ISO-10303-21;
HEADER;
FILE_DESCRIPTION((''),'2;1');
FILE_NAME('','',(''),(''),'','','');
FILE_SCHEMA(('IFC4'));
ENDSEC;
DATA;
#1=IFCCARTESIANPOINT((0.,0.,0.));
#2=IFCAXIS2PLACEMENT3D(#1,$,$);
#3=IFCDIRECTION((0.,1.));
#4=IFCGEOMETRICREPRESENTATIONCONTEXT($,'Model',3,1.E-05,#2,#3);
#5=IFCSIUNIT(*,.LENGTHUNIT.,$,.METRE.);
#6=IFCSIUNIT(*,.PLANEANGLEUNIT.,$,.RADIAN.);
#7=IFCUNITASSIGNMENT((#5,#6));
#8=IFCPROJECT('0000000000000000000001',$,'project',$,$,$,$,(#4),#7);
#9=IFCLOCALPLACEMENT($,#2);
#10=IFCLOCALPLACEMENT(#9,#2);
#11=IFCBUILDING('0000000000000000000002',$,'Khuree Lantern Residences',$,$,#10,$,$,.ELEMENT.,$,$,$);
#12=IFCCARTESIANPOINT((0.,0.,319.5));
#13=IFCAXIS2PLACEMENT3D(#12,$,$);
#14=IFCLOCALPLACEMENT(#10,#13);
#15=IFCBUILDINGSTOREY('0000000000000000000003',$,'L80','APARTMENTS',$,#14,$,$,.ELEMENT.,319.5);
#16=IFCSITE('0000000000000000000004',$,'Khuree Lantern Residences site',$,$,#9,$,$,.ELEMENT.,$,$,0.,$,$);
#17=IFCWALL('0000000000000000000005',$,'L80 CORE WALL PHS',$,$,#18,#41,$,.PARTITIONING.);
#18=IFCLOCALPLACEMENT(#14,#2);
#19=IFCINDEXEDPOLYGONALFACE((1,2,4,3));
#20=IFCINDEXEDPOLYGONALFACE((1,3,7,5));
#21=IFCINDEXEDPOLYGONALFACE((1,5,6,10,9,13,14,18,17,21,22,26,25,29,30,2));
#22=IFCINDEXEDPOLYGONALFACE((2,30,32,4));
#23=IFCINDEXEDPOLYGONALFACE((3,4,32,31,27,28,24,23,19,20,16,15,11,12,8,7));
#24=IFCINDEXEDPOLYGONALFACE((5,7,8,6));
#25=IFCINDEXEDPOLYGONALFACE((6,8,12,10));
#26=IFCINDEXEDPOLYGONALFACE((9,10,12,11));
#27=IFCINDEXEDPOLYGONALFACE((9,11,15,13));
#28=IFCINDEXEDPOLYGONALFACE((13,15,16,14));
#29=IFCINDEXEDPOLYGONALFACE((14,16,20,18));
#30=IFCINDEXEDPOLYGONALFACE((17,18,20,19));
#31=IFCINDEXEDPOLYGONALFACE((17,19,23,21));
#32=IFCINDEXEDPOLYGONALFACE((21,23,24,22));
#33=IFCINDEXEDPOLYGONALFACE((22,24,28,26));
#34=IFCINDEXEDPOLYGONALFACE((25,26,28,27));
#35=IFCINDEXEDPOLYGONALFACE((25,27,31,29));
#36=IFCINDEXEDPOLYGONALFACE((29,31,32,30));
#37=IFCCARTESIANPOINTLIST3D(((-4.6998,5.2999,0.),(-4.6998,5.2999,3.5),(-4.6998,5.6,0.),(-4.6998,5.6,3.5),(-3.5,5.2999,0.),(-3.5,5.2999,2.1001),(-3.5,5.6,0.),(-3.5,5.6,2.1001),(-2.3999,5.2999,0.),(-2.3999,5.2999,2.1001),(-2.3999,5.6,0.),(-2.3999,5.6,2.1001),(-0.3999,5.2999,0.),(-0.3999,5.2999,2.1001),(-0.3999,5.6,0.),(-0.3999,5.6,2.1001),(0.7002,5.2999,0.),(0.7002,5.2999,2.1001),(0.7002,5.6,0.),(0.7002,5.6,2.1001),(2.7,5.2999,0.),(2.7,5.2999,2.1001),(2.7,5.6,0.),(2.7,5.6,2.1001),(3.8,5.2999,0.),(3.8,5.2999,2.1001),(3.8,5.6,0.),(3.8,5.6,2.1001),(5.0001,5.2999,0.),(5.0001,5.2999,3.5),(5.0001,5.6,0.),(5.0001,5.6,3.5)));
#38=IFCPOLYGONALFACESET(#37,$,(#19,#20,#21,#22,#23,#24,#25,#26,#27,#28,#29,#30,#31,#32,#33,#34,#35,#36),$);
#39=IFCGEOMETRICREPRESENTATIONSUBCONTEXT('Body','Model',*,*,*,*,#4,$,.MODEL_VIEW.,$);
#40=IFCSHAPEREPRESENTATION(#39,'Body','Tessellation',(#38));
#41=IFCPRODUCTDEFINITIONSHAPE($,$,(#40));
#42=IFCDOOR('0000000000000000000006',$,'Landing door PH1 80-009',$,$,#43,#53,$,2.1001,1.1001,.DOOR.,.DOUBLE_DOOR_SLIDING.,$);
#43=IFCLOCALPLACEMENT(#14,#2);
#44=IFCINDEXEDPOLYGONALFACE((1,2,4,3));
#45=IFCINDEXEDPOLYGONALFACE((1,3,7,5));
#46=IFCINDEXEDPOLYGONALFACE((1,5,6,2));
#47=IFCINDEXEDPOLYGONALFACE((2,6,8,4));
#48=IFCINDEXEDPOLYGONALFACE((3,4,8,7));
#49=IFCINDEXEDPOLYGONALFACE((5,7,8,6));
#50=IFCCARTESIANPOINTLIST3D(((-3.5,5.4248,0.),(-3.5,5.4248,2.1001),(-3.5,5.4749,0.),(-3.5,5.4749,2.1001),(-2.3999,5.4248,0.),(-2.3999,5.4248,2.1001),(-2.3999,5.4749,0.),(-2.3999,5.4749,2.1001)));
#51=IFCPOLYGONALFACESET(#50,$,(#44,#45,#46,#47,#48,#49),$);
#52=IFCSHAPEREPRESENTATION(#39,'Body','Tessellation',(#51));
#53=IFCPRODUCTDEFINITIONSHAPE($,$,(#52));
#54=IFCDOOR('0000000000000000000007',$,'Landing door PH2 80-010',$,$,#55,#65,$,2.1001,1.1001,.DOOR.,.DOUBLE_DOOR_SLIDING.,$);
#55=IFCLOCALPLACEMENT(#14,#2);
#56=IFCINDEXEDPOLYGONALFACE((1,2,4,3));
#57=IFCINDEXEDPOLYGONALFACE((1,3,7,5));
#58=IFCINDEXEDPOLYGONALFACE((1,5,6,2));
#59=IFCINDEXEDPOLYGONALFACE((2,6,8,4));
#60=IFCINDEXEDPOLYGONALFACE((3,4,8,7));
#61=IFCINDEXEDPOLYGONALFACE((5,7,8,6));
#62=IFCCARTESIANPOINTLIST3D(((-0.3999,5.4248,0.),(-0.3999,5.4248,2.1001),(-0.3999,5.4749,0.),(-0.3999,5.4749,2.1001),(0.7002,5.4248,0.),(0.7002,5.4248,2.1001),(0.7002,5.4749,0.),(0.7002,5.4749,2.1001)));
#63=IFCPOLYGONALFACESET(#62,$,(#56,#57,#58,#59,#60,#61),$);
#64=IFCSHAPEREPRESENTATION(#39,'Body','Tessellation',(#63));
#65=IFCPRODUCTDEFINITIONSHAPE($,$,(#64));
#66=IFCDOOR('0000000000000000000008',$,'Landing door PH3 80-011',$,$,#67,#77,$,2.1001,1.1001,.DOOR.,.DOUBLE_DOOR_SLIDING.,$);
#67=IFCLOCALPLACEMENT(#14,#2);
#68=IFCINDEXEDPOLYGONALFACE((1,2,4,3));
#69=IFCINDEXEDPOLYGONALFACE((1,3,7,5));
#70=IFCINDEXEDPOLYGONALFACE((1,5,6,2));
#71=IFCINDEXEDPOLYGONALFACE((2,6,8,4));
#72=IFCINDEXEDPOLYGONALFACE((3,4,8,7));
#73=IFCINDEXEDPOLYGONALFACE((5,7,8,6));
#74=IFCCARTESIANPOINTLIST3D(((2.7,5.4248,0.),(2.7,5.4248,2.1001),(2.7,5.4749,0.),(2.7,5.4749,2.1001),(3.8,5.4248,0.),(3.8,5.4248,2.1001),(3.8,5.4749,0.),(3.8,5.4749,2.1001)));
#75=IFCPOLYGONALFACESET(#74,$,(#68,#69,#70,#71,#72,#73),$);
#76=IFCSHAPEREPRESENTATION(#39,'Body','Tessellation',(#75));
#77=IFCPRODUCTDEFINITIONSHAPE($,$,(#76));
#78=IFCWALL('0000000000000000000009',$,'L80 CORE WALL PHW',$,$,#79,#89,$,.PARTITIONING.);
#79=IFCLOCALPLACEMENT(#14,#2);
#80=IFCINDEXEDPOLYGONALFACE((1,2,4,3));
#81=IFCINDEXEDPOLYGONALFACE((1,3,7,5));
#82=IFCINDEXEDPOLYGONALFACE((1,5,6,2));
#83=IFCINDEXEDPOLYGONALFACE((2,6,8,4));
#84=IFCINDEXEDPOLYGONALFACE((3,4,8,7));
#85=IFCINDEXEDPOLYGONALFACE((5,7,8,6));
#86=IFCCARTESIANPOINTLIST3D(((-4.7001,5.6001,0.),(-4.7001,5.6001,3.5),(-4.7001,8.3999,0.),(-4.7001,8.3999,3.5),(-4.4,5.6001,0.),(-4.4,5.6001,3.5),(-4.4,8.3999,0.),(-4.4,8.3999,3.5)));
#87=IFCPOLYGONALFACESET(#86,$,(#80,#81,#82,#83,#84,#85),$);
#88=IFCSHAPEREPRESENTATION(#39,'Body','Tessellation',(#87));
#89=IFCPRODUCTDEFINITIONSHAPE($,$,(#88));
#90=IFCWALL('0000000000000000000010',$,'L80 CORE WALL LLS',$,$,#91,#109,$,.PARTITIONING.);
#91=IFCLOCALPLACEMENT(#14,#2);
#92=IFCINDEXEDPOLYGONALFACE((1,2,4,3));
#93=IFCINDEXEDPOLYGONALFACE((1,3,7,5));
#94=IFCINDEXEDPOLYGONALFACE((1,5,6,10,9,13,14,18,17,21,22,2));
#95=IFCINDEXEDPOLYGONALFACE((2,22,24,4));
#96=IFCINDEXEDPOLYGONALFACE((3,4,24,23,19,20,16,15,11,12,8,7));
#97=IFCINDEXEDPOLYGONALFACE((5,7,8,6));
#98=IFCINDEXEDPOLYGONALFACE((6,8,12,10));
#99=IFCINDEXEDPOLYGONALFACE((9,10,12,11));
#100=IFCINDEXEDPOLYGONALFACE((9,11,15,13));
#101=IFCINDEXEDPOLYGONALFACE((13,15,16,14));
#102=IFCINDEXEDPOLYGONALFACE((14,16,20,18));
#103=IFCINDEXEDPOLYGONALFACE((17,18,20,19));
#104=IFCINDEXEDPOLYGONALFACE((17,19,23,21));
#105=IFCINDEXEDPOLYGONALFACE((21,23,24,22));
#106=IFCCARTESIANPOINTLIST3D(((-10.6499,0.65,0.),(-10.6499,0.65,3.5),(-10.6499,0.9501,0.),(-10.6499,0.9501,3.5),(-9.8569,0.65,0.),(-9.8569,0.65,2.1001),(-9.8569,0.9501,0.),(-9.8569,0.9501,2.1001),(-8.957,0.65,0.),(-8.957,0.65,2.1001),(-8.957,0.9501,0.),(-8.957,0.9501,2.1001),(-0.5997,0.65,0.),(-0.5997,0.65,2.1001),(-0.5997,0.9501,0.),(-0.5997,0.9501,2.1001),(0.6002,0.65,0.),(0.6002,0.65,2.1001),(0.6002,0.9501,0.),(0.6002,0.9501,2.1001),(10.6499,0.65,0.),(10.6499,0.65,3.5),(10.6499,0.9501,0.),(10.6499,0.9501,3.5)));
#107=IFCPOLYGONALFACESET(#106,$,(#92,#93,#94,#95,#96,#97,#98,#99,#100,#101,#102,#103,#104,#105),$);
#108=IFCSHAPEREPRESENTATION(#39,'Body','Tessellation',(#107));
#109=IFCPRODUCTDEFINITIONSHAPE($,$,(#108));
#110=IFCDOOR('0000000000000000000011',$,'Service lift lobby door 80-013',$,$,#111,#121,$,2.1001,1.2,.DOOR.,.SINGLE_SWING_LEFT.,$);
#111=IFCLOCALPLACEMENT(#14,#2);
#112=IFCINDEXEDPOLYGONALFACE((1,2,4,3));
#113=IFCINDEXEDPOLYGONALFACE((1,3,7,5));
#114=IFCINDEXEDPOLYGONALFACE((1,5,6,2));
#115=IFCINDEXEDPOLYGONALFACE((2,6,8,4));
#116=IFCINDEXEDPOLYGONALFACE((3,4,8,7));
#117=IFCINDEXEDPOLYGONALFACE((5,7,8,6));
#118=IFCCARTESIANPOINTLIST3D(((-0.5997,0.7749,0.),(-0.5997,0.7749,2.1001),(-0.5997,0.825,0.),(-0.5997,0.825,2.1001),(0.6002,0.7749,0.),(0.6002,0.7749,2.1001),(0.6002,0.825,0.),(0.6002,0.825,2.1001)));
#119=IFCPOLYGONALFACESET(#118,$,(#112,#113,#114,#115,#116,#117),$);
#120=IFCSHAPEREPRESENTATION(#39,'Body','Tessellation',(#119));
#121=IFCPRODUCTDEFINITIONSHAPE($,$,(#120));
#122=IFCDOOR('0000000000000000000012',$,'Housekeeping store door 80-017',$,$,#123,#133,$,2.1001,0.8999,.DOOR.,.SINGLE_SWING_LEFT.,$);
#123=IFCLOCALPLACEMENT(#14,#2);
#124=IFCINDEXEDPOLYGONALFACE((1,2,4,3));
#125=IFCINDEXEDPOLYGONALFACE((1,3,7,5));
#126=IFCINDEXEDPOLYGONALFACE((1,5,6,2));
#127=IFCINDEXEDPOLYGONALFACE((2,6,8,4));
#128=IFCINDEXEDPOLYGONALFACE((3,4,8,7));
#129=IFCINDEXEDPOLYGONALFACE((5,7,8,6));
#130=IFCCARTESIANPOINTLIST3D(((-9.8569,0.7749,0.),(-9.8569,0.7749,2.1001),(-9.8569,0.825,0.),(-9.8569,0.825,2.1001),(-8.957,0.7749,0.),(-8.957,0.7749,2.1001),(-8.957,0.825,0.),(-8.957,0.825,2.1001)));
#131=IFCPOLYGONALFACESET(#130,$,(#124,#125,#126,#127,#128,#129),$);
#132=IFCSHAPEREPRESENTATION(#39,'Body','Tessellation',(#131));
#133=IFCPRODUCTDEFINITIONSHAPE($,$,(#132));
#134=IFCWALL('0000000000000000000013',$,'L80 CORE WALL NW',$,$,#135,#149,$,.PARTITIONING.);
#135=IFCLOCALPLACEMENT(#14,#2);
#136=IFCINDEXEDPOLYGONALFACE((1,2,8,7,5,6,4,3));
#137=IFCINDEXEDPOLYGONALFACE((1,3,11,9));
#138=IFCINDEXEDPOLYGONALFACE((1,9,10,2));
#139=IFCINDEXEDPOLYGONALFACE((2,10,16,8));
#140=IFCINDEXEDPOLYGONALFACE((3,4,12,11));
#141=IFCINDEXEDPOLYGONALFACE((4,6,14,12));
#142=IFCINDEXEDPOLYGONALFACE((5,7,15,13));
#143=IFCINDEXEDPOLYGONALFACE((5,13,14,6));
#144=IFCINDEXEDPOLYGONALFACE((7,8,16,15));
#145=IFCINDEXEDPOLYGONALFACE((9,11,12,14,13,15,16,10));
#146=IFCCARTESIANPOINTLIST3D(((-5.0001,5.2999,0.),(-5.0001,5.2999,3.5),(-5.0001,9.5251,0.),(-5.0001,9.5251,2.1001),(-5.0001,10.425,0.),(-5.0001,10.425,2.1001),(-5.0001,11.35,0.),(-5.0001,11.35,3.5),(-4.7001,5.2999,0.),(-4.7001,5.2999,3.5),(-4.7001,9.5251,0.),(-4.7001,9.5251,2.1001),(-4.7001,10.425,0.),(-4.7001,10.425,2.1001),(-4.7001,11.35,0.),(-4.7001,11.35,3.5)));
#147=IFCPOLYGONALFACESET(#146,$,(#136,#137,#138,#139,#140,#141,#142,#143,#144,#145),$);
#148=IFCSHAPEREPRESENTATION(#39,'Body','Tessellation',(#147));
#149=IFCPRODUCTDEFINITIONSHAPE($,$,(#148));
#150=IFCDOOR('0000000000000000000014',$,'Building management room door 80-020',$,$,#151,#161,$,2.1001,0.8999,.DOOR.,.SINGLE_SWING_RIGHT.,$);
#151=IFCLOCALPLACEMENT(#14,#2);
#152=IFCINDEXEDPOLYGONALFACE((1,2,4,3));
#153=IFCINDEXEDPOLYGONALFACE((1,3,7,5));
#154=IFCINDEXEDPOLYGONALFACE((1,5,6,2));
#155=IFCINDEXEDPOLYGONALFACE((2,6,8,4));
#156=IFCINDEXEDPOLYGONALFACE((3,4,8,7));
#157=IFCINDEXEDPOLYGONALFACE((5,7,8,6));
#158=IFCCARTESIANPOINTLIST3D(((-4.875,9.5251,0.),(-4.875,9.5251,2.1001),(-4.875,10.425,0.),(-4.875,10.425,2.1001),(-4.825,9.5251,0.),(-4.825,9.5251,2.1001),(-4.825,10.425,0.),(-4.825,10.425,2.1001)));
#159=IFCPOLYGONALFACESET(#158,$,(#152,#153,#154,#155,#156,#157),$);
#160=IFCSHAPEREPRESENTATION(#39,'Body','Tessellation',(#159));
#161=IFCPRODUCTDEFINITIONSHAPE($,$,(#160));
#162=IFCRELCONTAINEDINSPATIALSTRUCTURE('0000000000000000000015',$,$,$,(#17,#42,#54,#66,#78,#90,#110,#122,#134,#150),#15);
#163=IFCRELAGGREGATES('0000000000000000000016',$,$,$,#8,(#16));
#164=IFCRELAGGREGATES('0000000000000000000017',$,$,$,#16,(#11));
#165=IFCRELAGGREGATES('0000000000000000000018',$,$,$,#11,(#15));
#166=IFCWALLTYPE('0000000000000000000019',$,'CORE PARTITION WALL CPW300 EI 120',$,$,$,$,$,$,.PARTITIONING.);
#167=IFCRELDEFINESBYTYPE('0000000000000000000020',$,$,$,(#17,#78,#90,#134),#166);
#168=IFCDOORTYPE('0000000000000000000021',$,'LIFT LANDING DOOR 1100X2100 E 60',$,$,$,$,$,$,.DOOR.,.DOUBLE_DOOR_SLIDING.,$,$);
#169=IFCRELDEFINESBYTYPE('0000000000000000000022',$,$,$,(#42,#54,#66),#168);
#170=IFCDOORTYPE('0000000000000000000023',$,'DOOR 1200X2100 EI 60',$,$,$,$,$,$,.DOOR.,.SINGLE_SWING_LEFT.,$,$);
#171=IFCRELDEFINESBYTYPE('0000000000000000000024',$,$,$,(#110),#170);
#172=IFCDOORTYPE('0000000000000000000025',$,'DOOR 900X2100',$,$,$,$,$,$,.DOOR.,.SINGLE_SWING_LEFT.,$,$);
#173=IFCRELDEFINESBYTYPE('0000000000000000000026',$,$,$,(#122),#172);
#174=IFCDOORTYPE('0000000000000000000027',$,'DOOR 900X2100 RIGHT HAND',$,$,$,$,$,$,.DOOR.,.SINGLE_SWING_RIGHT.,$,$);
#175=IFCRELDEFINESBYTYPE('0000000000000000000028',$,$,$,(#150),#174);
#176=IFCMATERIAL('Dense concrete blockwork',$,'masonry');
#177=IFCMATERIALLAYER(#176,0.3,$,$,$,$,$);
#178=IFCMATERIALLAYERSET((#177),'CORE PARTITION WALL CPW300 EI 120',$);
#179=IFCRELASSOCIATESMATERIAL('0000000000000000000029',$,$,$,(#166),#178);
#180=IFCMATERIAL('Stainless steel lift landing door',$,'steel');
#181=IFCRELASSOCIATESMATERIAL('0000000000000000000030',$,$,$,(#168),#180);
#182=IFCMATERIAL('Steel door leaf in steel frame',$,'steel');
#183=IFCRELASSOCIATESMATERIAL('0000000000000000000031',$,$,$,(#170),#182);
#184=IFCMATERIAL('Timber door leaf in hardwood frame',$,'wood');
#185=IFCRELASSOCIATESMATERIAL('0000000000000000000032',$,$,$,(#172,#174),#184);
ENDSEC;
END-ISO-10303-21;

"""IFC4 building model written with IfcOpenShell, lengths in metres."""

from ifc_helpers import new_model, si_unit, direction, frame, frame_2d, origin, place, context, subcontext, project, spatial, rectangle, extrude, material, layer, layer_set, type_object, element, fill, save


model = new_model("IFC4")

# Units and contexts
model_context = context("Model", 3, precision=1e-05, world=origin(), true_north=direction((0.0, 1.0)))
body_context = subcontext(model_context, "Body", "Model", "MODEL_VIEW")
ifc_project = project(units=[si_unit("LENGTHUNIT", "METRE"), si_unit("PLANEANGLEUNIT", "RADIAN")], contexts=[model_context])

# Site, building, storey
site_placement = place(None, origin())
site = spatial("IfcSite", under=ifc_project, at=site_placement, Name="Khuree Lantern Residences site", CompositionType="ELEMENT", RefElevation=0.0)
building_placement = place(site_placement, origin())
building = spatial("IfcBuilding", under=site, at=building_placement, Name="Khuree Lantern Residences", CompositionType="ELEMENT")
storey_placement = place(building_placement, frame((0.0, 0.0, 319.5)))
storey = spatial("IfcBuildingStorey", under=building, at=storey_placement, Name="L80", Description="APARTMENTS", CompositionType="ELEMENT", Elevation=319.5)

# Wall, openings, doors
ifc_material_1 = material(Name="Dense concrete blockwork", Category="masonry")
ifc_layer_1 = layer(ifc_material_1, 0.3)
ifc_layer_set_1 = layer_set([ifc_layer_1], Name="CORE PARTITION WALL CPW300 EI 120")
wall_type_1 = type_object("IfcWallType", Name="CORE PARTITION WALL CPW300 EI 120", PredefinedType="PARTITIONING", material=ifc_layer_set_1)
wall_1_placement = place(storey_placement, frame((-4.7, 5.45, 0.0), z_axis=(0.0, 0.0, 1.0), x_axis=(1.0, 0.0, 0.0)))
wall_1 = element("IfcWall", 1, at=wall_1_placement, inside=storey, type_object=wall_type_1, Name="L80 CORE WALL PHS", PredefinedType="PARTITIONING", context=body_context, shape_type="SweptSolid", body=[
    extrude(rectangle(XDim=9.7, YDim=0.3, at=frame_2d((4.8501, 0.0))), origin(), (0.0, 0.0, 1.0), 3.5),
])
opening_1_placement = place(wall_1_placement, frame((1.2, 0.0, 0.0)))
opening_1 = element("IfcOpeningElement", 2, at=opening_1_placement, cuts=wall_1, PredefinedType="OPENING", context=body_context, shape_type="SweptSolid", body=[
    extrude(rectangle(XDim=1.1001, YDim=2.1001, at=frame_2d((0.55, 1.05))), frame((0.0, 0.1602, 0.0), z_axis=(0.0, -1.0, 0.0), x_axis=(1.0, 0.0, 0.0)), (0.0, 0.0, 1.0), 0.3201),
])
opening_2_placement = place(wall_1_placement, frame((4.3, 0.0, 0.0)))
opening_2 = element("IfcOpeningElement", 3, at=opening_2_placement, cuts=wall_1, PredefinedType="OPENING", context=body_context, shape_type="SweptSolid", body=[
    extrude(rectangle(XDim=1.1001, YDim=2.1001, at=frame_2d((0.55, 1.05))), frame((0.0, 0.1602, 0.0), z_axis=(0.0, -1.0, 0.0), x_axis=(1.0, 0.0, 0.0)), (0.0, 0.0, 1.0), 0.3201),
])
opening_3_placement = place(wall_1_placement, frame((7.3999, 0.0, 0.0)))
opening_3 = element("IfcOpeningElement", 4, at=opening_3_placement, cuts=wall_1, PredefinedType="OPENING", context=body_context, shape_type="SweptSolid", body=[
    extrude(rectangle(XDim=1.1001, YDim=2.1001, at=frame_2d((0.55, 1.05))), frame((0.0, 0.1602, 0.0), z_axis=(0.0, -1.0, 0.0), x_axis=(1.0, 0.0, 0.0)), (0.0, 0.0, 1.0), 0.3201),
])
ifc_material_2 = material(Name="Stainless steel lift landing door", Category="steel")
door_type_1 = type_object("IfcDoorType", Name="LIFT LANDING DOOR 1100X2100 E 60", OperationType="DOUBLE_DOOR_SLIDING", PredefinedType="DOOR", material=ifc_material_2)
door_1_placement = place(opening_1_placement, origin())
door_1 = element("IfcDoor", 5, at=door_1_placement, inside=storey, type_object=door_type_1, Name="Landing door PH1 80-009", OperationType="DOUBLE_DOOR_SLIDING", OverallHeight=2.1001, OverallWidth=1.1001, PredefinedType="DOOR", context=body_context, shape_type="SweptSolid", body=[
    extrude(rectangle(XDim=1.1001, YDim=2.1001, at=frame_2d((0.55, 1.05))), frame((0.0, 0.0249, 0.0), z_axis=(0.0, -1.0, 0.0), x_axis=(1.0, 0.0, 0.0)), (0.0, 0.0, 1.0), 0.05),
])
fill(opening_1, door_1)
door_2_placement = place(opening_2_placement, origin())
door_2 = element("IfcDoor", 6, at=door_2_placement, inside=storey, type_object=door_type_1, Name="Landing door PH2 80-010", OperationType="DOUBLE_DOOR_SLIDING", OverallHeight=2.1001, OverallWidth=1.1001, PredefinedType="DOOR", context=body_context, shape_type="SweptSolid", body=[
    extrude(rectangle(XDim=1.1001, YDim=2.1001, at=frame_2d((0.55, 1.05))), frame((0.0, 0.0249, 0.0), z_axis=(0.0, -1.0, 0.0), x_axis=(1.0, 0.0, 0.0)), (0.0, 0.0, 1.0), 0.05),
])
fill(opening_2, door_2)
door_3_placement = place(opening_3_placement, origin())
door_3 = element("IfcDoor", 7, at=door_3_placement, inside=storey, type_object=door_type_1, Name="Landing door PH3 80-011", OperationType="DOUBLE_DOOR_SLIDING", OverallHeight=2.1001, OverallWidth=1.1001, PredefinedType="DOOR", context=body_context, shape_type="SweptSolid", body=[
    extrude(rectangle(XDim=1.1001, YDim=2.1001, at=frame_2d((0.55, 1.05))), frame((0.0, 0.0249, 0.0), z_axis=(0.0, -1.0, 0.0), x_axis=(1.0, 0.0, 0.0)), (0.0, 0.0, 1.0), 0.05),
])
fill(opening_3, door_3)

# Wall
wall_2_placement = place(storey_placement, frame((-4.55, 5.6001, 0.0), z_axis=(0.0, 0.0, 1.0), x_axis=(0.0, 1.0, 0.0)))
element("IfcWall", 8, at=wall_2_placement, inside=storey, type_object=wall_type_1, Name="L80 CORE WALL PHW", PredefinedType="PARTITIONING", context=body_context, shape_type="SweptSolid", body=[
    extrude(rectangle(XDim=2.7998, YDim=0.3, at=frame_2d((1.3999, 0.0))), origin(), (0.0, 0.0, 1.0), 3.5),
])

# Wall, openings, doors
wall_3_placement = place(storey_placement, frame((-10.6499, 0.8, 0.0), z_axis=(0.0, 0.0, 1.0), x_axis=(1.0, 0.0, 0.0)))
wall_3 = element("IfcWall", 9, at=wall_3_placement, inside=storey, type_object=wall_type_1, Name="L80 CORE WALL LLS", PredefinedType="PARTITIONING", context=body_context, shape_type="SweptSolid", body=[
    extrude(rectangle(XDim=21.2998, YDim=0.3, at=frame_2d((10.6499, 0.0))), origin(), (0.0, 0.0, 1.0), 3.5),
])
opening_4_placement = place(wall_3_placement, frame((10.05, 0.0, 0.0)))
opening_4 = element("IfcOpeningElement", 10, at=opening_4_placement, cuts=wall_3, PredefinedType="OPENING", context=body_context, shape_type="SweptSolid", body=[
    extrude(rectangle(XDim=1.2, YDim=2.1001, at=frame_2d((0.6001, 1.05))), frame((0.0, 0.1602, 0.0), z_axis=(0.0, -1.0, 0.0), x_axis=(1.0, 0.0, 0.0)), (0.0, 0.0, 1.0), 0.3201),
])
opening_5_placement = place(wall_3_placement, frame((0.793, 0.0, 0.0)))
opening_5 = element("IfcOpeningElement", 11, at=opening_5_placement, cuts=wall_3, PredefinedType="OPENING", context=body_context, shape_type="SweptSolid", body=[
    extrude(rectangle(XDim=0.8999, YDim=2.1001, at=frame_2d((0.45, 1.05))), frame((0.0, 0.1602, 0.0), z_axis=(0.0, -1.0, 0.0), x_axis=(1.0, 0.0, 0.0)), (0.0, 0.0, 1.0), 0.3201),
])
ifc_material_3 = material(Name="Steel door leaf in steel frame", Category="steel")
door_type_2 = type_object("IfcDoorType", Name="DOOR 1200X2100 EI 60", OperationType="SINGLE_SWING_LEFT", PredefinedType="DOOR", material=ifc_material_3)
door_4_placement = place(opening_4_placement, origin())
door_4 = element("IfcDoor", 12, at=door_4_placement, inside=storey, type_object=door_type_2, Name="Service lift lobby door 80-013", OperationType="SINGLE_SWING_LEFT", OverallHeight=2.1001, OverallWidth=1.2, PredefinedType="DOOR", context=body_context, shape_type="SweptSolid", body=[
    extrude(rectangle(XDim=1.2, YDim=2.1001, at=frame_2d((0.6001, 1.05))), frame((0.0, 0.0249, 0.0), z_axis=(0.0, -1.0, 0.0), x_axis=(1.0, 0.0, 0.0)), (0.0, 0.0, 1.0), 0.05),
])
fill(opening_4, door_4)
ifc_material_4 = material(Name="Timber door leaf in hardwood frame", Category="wood")
door_type_3 = type_object("IfcDoorType", Name="DOOR 900X2100", OperationType="SINGLE_SWING_LEFT", PredefinedType="DOOR", material=ifc_material_4)
door_5_placement = place(opening_5_placement, origin())
door_5 = element("IfcDoor", 13, at=door_5_placement, inside=storey, type_object=door_type_3, Name="Housekeeping store door 80-017", OperationType="SINGLE_SWING_LEFT", OverallHeight=2.1001, OverallWidth=0.8999, PredefinedType="DOOR", context=body_context, shape_type="SweptSolid", body=[
    extrude(rectangle(XDim=0.8999, YDim=2.1001, at=frame_2d((0.45, 1.05))), frame((0.0, 0.0249, 0.0), z_axis=(0.0, -1.0, 0.0), x_axis=(1.0, 0.0, 0.0)), (0.0, 0.0, 1.0), 0.05),
])
fill(opening_5, door_5)

# Wall, opening, door
wall_4_placement = place(storey_placement, frame((-4.8501, 5.3, 0.0), z_axis=(0.0, 0.0, 1.0), x_axis=(0.0, 1.0, 0.0)))
wall_4 = element("IfcWall", 14, at=wall_4_placement, inside=storey, type_object=wall_type_1, Name="L80 CORE WALL NW", PredefinedType="PARTITIONING", context=body_context, shape_type="SweptSolid", body=[
    extrude(rectangle(XDim=6.05, YDim=0.3, at=frame_2d((3.0249, 0.0))), origin(), (0.0, 0.0, 1.0), 3.5),
])
opening_6_placement = place(wall_4_placement, frame((4.2251, 0.0, 0.0)))
opening_6 = element("IfcOpeningElement", 15, at=opening_6_placement, cuts=wall_4, PredefinedType="OPENING", context=body_context, shape_type="SweptSolid", body=[
    extrude(rectangle(XDim=0.8999, YDim=2.1001, at=frame_2d((0.45, 1.05))), frame((0.0, 0.1602, 0.0), z_axis=(0.0, -1.0, 0.0), x_axis=(1.0, 0.0, 0.0)), (0.0, 0.0, 1.0), 0.3201),
])
door_type_4 = type_object("IfcDoorType", Name="DOOR 900X2100 RIGHT HAND", OperationType="SINGLE_SWING_RIGHT", PredefinedType="DOOR", material=ifc_material_4)
door_6_placement = place(opening_6_placement, origin())
door_6 = element("IfcDoor", 16, at=door_6_placement, inside=storey, type_object=door_type_4, Name="Building management room door 80-020", OperationType="SINGLE_SWING_RIGHT", OverallHeight=2.1001, OverallWidth=0.8999, PredefinedType="DOOR", context=body_context, shape_type="SweptSolid", body=[
    extrude(rectangle(XDim=0.8999, YDim=2.1001, at=frame_2d((0.45, 1.05))), frame((0.0, 0.0249, 0.0), z_axis=(0.0, -1.0, 0.0), x_axis=(1.0, 0.0, 0.0)), (0.0, 0.0, 1.0), 0.05),
])
fill(opening_6, door_6)

save(model, "model.ifc")
